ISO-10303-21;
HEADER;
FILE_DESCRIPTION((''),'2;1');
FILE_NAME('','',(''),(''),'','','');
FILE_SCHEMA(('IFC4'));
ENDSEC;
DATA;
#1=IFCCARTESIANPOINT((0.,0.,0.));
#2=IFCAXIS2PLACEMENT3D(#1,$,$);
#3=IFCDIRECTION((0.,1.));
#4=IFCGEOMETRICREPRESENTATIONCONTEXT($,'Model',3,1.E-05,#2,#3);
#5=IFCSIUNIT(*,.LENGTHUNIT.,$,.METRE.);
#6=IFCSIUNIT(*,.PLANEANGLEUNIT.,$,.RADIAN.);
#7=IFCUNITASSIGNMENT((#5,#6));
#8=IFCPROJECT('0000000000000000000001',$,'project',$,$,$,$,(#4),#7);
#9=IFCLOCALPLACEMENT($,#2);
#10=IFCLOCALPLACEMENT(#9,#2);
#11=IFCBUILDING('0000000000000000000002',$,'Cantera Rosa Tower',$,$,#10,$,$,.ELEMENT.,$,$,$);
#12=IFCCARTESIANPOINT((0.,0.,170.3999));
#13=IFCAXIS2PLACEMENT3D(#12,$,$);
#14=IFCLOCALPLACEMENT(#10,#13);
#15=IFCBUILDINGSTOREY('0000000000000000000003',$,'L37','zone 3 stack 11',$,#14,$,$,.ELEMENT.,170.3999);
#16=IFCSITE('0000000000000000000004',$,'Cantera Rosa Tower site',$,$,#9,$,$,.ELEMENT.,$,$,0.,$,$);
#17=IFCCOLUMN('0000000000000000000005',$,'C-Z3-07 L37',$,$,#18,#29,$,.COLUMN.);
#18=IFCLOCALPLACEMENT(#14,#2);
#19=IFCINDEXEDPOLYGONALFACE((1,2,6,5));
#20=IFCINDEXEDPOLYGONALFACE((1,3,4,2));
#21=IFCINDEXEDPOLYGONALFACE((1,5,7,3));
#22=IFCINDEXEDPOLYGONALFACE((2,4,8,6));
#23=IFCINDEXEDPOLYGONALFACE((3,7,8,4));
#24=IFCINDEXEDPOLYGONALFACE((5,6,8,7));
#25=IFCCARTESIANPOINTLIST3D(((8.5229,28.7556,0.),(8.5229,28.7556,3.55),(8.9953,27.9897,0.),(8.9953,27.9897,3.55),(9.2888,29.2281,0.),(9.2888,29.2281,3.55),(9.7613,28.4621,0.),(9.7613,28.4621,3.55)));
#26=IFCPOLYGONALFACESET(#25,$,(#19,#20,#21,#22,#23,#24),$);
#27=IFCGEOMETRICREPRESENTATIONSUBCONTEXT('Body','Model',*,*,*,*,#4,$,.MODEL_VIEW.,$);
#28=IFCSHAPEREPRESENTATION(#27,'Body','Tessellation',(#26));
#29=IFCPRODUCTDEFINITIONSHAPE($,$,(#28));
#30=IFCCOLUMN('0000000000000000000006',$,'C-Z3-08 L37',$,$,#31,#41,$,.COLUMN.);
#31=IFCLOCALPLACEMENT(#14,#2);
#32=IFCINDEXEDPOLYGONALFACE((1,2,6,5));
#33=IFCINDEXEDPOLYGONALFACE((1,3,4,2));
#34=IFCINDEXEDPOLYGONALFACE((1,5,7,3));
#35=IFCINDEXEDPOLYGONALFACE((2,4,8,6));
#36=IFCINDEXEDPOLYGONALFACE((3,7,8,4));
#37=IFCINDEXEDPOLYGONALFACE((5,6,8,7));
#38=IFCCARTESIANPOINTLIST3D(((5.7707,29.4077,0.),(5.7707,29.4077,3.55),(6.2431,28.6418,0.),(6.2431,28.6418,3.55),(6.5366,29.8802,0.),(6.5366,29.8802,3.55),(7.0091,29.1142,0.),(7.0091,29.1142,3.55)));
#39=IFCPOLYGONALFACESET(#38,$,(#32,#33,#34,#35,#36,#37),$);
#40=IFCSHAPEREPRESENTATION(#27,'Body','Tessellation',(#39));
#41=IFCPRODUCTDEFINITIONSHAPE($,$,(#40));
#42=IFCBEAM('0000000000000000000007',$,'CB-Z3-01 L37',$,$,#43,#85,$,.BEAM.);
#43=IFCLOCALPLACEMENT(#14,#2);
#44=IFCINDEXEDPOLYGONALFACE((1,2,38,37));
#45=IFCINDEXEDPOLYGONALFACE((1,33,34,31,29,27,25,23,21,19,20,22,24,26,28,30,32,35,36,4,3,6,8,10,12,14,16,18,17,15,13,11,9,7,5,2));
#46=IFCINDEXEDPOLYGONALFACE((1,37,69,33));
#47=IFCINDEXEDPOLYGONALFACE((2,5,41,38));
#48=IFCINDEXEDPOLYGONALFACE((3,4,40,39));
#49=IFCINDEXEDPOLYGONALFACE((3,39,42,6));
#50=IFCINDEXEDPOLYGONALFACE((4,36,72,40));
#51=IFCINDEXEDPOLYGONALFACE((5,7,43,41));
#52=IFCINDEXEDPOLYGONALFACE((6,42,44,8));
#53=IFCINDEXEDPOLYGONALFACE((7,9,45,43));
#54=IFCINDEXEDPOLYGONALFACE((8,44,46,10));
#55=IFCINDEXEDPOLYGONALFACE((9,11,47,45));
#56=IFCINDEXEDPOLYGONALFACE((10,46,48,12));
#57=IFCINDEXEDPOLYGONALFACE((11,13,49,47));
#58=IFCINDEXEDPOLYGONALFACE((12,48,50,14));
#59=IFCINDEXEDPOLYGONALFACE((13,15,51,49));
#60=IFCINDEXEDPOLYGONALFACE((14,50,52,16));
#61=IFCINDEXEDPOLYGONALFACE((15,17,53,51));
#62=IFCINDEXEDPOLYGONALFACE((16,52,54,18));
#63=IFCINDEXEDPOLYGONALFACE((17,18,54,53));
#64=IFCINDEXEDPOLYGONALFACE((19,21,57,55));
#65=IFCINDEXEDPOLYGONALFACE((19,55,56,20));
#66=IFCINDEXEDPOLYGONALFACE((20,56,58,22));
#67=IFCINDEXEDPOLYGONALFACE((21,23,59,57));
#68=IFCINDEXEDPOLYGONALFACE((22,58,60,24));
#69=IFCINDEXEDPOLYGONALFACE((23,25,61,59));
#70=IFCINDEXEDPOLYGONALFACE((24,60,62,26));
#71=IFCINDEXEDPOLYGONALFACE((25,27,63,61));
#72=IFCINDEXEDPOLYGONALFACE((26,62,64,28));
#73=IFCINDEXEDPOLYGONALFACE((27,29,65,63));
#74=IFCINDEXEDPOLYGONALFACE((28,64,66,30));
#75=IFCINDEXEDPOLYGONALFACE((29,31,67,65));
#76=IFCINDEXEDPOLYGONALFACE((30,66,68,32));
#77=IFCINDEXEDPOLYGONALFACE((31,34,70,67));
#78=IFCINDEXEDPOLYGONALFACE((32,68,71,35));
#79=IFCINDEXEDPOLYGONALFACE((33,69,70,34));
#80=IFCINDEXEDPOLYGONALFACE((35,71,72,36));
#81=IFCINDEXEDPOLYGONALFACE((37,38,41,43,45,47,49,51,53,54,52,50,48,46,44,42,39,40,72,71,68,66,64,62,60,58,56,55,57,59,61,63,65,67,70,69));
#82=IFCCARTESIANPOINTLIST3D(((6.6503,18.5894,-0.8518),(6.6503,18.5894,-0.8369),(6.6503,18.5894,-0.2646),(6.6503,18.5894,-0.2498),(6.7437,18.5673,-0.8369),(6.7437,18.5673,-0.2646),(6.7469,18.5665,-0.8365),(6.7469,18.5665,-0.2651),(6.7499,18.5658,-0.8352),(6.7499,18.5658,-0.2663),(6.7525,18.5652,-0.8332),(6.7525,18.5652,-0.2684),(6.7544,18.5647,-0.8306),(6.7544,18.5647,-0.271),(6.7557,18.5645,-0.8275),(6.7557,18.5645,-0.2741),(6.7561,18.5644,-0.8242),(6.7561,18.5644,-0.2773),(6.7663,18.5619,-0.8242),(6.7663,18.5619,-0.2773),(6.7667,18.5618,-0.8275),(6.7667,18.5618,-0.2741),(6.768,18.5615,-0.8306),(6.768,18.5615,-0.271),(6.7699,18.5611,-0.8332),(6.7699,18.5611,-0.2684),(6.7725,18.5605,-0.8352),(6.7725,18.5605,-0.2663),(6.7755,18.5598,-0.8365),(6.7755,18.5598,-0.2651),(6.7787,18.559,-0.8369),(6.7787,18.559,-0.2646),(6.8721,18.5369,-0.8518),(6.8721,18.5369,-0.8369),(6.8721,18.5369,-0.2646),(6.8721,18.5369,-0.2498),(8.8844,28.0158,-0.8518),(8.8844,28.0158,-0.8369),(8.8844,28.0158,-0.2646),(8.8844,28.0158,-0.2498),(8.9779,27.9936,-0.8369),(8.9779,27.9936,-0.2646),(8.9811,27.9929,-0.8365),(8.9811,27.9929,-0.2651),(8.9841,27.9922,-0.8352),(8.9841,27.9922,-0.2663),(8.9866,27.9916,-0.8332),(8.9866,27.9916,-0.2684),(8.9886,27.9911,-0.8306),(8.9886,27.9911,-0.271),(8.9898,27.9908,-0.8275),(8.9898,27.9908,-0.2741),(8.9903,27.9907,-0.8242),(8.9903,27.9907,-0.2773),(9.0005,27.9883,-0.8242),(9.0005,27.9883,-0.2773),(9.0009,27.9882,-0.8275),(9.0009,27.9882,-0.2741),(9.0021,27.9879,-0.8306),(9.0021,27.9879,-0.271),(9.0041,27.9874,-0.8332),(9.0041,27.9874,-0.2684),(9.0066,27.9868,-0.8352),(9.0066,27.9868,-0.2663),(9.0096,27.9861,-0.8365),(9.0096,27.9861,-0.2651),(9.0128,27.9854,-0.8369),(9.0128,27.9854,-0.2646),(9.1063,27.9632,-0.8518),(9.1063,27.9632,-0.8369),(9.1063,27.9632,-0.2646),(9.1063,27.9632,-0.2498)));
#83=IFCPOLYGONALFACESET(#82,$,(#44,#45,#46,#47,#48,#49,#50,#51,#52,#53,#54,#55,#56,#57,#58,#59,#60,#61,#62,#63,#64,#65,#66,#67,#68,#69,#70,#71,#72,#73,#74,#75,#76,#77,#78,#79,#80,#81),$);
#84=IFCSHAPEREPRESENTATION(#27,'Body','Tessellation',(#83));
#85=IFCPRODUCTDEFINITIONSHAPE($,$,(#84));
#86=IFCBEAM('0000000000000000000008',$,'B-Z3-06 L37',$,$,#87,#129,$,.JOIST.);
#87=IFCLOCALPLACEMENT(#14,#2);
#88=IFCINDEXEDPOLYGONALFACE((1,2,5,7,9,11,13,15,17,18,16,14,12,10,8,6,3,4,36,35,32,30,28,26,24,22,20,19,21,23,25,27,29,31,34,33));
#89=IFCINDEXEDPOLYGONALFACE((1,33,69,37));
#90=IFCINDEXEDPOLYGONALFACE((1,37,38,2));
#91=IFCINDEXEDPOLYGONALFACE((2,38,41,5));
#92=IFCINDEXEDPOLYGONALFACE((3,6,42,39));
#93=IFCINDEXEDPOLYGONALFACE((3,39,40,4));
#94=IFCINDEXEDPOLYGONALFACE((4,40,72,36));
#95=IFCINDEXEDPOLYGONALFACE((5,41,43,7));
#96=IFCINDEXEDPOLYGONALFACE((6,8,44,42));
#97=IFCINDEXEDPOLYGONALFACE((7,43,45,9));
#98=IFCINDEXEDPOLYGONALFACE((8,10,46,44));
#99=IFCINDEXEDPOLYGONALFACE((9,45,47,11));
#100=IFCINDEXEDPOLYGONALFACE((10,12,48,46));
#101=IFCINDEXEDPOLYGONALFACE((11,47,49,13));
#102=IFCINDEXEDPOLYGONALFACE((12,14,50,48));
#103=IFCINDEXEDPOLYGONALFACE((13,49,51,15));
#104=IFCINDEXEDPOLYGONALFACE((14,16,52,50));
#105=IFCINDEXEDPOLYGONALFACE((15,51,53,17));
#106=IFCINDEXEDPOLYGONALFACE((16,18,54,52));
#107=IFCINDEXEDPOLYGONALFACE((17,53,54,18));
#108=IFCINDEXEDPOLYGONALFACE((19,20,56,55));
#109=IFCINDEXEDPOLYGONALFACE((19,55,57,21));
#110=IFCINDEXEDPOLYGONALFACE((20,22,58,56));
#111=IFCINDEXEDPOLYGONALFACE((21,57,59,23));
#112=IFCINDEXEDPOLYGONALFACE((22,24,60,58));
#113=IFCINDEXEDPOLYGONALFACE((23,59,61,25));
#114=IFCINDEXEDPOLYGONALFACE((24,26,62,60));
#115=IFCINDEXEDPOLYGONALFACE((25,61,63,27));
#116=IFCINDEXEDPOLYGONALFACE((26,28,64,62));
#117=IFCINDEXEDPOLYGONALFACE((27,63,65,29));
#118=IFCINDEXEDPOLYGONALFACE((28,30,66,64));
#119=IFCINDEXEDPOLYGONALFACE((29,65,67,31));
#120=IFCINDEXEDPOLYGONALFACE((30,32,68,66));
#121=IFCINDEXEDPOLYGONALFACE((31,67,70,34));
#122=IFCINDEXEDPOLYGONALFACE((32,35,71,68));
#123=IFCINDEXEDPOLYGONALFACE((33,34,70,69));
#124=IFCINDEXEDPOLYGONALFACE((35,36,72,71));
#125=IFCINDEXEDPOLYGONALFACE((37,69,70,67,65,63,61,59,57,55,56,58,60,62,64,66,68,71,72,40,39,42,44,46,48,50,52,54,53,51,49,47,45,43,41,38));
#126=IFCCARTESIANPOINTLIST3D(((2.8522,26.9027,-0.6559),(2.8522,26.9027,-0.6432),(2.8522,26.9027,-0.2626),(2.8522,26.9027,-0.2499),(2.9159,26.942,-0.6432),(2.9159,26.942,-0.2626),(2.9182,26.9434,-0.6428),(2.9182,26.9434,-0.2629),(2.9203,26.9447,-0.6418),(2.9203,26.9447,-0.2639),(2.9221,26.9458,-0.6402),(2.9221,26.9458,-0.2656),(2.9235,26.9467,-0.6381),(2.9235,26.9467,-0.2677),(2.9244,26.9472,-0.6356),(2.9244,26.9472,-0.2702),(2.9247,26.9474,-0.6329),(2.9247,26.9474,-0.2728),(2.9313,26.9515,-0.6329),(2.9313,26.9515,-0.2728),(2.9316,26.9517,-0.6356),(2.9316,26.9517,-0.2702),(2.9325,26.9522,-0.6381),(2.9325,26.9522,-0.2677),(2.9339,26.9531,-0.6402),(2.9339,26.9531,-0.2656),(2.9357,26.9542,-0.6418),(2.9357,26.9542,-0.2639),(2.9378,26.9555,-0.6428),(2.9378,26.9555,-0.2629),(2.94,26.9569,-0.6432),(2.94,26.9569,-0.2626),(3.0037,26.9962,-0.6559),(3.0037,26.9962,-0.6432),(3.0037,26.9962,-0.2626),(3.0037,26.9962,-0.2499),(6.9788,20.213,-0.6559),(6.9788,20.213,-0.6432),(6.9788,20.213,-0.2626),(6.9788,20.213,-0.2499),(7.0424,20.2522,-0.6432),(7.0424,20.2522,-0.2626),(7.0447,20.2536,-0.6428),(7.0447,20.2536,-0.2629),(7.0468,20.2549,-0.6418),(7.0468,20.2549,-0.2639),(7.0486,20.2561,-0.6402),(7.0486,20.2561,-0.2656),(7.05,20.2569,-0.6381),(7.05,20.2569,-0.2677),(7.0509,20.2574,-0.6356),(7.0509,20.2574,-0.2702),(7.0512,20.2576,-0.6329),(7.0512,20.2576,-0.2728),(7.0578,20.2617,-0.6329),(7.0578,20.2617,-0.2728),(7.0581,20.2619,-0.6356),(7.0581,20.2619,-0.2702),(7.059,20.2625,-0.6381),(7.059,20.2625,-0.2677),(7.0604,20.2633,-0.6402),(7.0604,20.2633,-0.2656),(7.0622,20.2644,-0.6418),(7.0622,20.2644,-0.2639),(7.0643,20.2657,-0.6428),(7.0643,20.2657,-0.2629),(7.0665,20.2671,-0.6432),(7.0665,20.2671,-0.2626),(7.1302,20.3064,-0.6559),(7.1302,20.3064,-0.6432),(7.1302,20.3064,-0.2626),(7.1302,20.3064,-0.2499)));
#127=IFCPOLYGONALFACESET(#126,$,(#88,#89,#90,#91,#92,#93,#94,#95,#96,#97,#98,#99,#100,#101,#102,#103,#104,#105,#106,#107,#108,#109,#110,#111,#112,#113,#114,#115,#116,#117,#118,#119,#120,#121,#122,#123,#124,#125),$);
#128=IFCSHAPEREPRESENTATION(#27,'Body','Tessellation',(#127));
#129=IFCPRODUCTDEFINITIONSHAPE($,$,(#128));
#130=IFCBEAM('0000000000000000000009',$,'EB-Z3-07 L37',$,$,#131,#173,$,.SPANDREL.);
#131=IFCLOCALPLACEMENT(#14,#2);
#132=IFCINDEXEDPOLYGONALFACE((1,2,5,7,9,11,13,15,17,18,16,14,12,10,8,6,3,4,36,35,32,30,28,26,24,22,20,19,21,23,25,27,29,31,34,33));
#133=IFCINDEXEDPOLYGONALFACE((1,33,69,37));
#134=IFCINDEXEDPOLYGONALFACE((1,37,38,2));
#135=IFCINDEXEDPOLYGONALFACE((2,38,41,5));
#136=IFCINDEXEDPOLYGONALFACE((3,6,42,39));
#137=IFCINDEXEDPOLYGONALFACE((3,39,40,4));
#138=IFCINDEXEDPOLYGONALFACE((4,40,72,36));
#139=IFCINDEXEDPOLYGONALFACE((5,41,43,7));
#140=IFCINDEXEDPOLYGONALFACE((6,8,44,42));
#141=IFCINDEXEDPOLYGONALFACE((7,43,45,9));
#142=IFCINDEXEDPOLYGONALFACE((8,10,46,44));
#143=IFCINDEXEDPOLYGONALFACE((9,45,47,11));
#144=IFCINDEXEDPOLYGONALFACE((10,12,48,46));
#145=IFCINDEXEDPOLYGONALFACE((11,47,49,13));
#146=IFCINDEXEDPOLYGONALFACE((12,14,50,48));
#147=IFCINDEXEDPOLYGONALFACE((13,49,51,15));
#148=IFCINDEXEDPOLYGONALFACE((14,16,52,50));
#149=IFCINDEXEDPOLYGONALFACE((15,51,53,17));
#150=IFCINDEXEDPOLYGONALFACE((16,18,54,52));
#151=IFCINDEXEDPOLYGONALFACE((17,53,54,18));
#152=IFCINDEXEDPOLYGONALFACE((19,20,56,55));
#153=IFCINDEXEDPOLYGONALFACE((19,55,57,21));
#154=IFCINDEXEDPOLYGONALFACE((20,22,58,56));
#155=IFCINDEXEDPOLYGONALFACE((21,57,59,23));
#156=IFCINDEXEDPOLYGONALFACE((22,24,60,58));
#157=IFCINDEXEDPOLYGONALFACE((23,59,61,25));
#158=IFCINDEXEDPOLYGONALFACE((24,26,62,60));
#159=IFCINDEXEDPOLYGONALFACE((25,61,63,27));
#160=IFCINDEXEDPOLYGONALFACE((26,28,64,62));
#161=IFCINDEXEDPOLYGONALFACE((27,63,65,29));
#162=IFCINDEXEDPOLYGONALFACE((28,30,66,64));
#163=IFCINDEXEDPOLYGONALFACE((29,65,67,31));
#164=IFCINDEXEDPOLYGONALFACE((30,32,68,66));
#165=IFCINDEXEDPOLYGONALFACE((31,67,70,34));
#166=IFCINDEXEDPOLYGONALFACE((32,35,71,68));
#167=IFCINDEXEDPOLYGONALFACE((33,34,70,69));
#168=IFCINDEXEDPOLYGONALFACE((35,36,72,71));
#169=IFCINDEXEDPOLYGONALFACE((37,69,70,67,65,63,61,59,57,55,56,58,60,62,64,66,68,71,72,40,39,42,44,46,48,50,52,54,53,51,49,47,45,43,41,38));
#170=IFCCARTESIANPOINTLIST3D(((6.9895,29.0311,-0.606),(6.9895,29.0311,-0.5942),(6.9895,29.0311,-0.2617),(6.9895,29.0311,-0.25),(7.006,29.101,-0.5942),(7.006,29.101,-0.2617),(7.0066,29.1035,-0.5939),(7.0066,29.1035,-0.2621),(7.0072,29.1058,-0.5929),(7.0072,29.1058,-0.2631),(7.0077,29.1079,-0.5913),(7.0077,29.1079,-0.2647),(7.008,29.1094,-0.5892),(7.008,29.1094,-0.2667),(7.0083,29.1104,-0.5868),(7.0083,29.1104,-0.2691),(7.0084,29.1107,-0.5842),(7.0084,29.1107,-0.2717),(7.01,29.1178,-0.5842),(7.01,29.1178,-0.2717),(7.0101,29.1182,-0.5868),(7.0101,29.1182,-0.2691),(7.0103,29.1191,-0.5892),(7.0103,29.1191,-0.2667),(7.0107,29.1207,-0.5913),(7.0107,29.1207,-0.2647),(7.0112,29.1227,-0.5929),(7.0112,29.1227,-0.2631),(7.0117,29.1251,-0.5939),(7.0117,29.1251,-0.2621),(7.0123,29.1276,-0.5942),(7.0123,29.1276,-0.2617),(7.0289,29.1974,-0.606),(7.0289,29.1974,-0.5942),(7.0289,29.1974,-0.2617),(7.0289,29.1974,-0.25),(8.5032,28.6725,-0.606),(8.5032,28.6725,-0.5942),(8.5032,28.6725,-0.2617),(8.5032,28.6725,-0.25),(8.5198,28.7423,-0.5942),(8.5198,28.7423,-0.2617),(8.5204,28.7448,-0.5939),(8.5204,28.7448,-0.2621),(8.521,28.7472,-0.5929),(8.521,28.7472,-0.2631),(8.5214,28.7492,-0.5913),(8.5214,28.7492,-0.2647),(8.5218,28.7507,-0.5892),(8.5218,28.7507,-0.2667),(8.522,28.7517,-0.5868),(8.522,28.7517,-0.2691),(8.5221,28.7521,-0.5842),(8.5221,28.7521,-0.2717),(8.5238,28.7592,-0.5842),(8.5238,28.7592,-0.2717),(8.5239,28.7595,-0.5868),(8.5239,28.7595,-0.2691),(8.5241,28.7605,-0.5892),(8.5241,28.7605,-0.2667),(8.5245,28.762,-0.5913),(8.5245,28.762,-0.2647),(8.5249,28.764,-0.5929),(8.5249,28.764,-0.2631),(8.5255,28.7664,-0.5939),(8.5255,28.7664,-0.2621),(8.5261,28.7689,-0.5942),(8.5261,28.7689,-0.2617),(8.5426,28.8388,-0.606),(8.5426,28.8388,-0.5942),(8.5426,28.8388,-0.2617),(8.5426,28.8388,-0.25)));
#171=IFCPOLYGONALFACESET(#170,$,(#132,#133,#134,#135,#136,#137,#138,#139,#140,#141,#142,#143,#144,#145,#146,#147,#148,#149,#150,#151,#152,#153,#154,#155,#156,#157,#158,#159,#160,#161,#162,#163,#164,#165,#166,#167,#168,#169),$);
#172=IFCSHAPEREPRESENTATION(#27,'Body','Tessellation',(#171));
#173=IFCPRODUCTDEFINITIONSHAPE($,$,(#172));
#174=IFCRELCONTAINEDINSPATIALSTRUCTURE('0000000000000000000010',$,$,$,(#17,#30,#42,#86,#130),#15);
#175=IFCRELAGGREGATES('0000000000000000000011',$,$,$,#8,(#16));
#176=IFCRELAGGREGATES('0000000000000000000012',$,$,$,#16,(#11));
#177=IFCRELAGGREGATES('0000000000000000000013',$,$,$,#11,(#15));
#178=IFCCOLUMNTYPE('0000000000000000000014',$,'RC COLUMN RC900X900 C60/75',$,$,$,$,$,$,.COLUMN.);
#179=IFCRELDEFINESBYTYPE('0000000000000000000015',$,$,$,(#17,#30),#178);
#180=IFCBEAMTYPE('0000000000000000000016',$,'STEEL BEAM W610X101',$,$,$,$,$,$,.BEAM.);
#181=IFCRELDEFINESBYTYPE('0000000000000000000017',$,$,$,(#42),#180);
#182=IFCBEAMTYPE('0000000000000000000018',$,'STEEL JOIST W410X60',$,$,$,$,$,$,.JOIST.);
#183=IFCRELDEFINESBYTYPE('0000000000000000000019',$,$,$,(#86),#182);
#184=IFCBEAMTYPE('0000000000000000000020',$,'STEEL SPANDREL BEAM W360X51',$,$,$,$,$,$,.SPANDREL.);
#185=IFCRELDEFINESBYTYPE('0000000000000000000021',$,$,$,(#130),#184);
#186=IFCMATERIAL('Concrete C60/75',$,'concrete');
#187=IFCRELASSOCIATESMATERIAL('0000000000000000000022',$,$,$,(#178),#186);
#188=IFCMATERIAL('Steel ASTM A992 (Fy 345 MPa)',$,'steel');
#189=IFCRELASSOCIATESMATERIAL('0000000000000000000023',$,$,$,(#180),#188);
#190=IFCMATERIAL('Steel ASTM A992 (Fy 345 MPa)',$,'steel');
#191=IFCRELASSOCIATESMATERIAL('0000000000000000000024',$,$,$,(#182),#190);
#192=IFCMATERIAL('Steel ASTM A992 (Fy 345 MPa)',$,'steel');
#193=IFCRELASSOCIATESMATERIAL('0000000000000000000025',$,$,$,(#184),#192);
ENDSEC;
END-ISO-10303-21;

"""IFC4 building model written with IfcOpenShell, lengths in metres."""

from ifc_helpers import new_model, si_unit, direction, frame, origin, origin_2d, place, context, subcontext, project, spatial, rectangle, i_section, extrude, material, material_profile, profile_set, type_object, element, save


model = new_model("IFC4")

# Units and contexts
model_context = context("Model", 3, precision=1e-05, world=origin(), true_north=direction((0.0, 1.0)))
body_context = subcontext(model_context, "Body", "Model", "MODEL_VIEW")
ifc_project = project(units=[si_unit("LENGTHUNIT", "METRE"), si_unit("PLANEANGLEUNIT", "RADIAN")], contexts=[model_context])

# Site, building, storey
site_placement = place(None, origin())
site = spatial("IfcSite", under=ifc_project, at=site_placement, Name="Cantera Rosa Tower site", CompositionType="ELEMENT", RefElevation=0.0)
building_placement = place(site_placement, origin())
building = spatial("IfcBuilding", under=site, at=building_placement, Name="Cantera Rosa Tower", CompositionType="ELEMENT")
storey_placement = place(building_placement, frame((0.0, 0.0, 170.3999)))
storey = spatial("IfcBuildingStorey", under=building, at=storey_placement, Name="L37", Description="zone 3 stack 11", CompositionType="ELEMENT", Elevation=170.3999)

# Columns
ifc_material_1 = material(Name="Concrete C60/75", Category="concrete")
ifc_material_profile_1 = material_profile(ifc_material_1, rectangle(XDim=0.8999, YDim=0.8999, at=origin_2d()), Name="RC COLUMN RC900X900 C60/75")
ifc_profile_set_1 = profile_set([ifc_material_profile_1], Name="Concrete C60/75")
column_type = type_object("IfcColumnType", Name="RC COLUMN RC900X900 C60/75", PredefinedType="COLUMN", material=ifc_profile_set_1)
for number, where, z_axis, x_axis, name in (
    (1, (9.1421, 28.6089, 0.0), (0.0, 0.0, 1.0), (0.851117, 0.524977, 0.0), "C-Z3-07 L37"),
    (2, (6.3899, 29.261, 0.0), (0.0, 0.0, 1.0), (0.851117, 0.524977, 0.0), "C-Z3-08 L37"),
):
    element("IfcColumn", number, at=place(storey_placement, frame(where, z_axis=z_axis, x_axis=x_axis)), inside=storey, type_object=column_type, Name=name, PredefinedType="COLUMN", context=body_context, shape_type="SweptSolid", body=[
        extrude(rectangle(XDim=0.8999, YDim=0.8999, at=origin_2d()), origin(), (0.0, 0.0, 1.0), 3.55),
    ])

# Beams
ifc_material_2 = material(Name="Steel ASTM A992 (Fy 345 MPa)", Category="steel")
ifc_material_profile_2 = material_profile(ifc_material_2, i_section(OverallWidth=0.228, OverallDepth=0.6021, WebThickness=0.0105, FlangeThickness=0.0149, FilletRadius=0.0127, at=origin_2d()), Name="W610X101")
ifc_profile_set_2 = profile_set([ifc_material_profile_2], Name="Steel ASTM A992 (Fy 345 MPa)")
beam_type_1 = type_object("IfcBeamType", Name="STEEL BEAM W610X101", PredefinedType="BEAM", material=ifc_profile_set_2)
beam_1_placement = place(storey_placement, frame((8.9954, 27.9895, -0.5508), z_axis=(-0.230622, -0.973043, 0.0), x_axis=(0.973043, -0.230622, 0.0)))
element("IfcBeam", 3, at=beam_1_placement, inside=storey, type_object=beam_type_1, Name="CB-Z3-01 L37", PredefinedType="BEAM", context=body_context, shape_type="SweptSolid", body=[
    extrude(i_section(OverallWidth=0.228, OverallDepth=0.6021, WebThickness=0.0105, FlangeThickness=0.0149, FilletRadius=0.0127, at=origin_2d()), origin(), (0.0, 0.0, 1.0), 9.6875),
])
ifc_material_3 = material(Name="Steel ASTM A992 (Fy 345 MPa)", Category="steel")
ifc_material_profile_3 = material_profile(ifc_material_3, i_section(OverallWidth=0.178, OverallDepth=0.406, WebThickness=0.0078, FlangeThickness=0.0127, FilletRadius=0.0103, at=origin_2d()), Name="W410X60")
ifc_profile_set_3 = profile_set([ifc_material_profile_3], Name="Steel ASTM A992 (Fy 345 MPa)")
beam_type_2 = type_object("IfcBeamType", Name="STEEL JOIST W410X60", PredefinedType="JOIST", material=ifc_profile_set_3)
beam_2_placement = place(storey_placement, frame((2.928, 26.9495, -0.4529), z_axis=(0.524995, -0.851105, 0.0), x_axis=(0.851105, 0.524995, 0.0)))
element("IfcBeam", 4, at=beam_2_placement, inside=storey, type_object=beam_type_2, Name="B-Z3-06 L37", PredefinedType="JOIST", context=body_context, shape_type="SweptSolid", body=[
    extrude(i_section(OverallWidth=0.178, OverallDepth=0.406, WebThickness=0.0078, FlangeThickness=0.0127, FilletRadius=0.0103, at=origin_2d()), origin(), (0.0, 0.0, 1.0), 7.8601),
])
ifc_material_4 = material(Name="Steel ASTM A992 (Fy 345 MPa)", Category="steel")
ifc_material_profile_4 = material_profile(ifc_material_4, i_section(OverallWidth=0.1709, OverallDepth=0.356, WebThickness=0.0073, FlangeThickness=0.0117, FilletRadius=0.01, at=origin_2d()), Name="W360X51")
ifc_profile_set_4 = profile_set([ifc_material_profile_4], Name="Steel ASTM A992 (Fy 345 MPa)")
beam_type_3 = type_object("IfcBeamType", Name="STEEL SPANDREL BEAM W360X51", PredefinedType="SPANDREL", material=ifc_profile_set_4)
beam_3_placement = place(storey_placement, frame((8.5229, 28.7556, -0.428), z_axis=(-0.97306, 0.230552, 0.0), x_axis=(-0.230552, -0.97306, 0.0)))
element("IfcBeam", 5, at=beam_3_placement, inside=storey, type_object=beam_type_3, Name="EB-Z3-07 L37", PredefinedType="SPANDREL", context=body_context, shape_type="SweptSolid", body=[
    extrude(i_section(OverallWidth=0.1709, OverallDepth=0.356, WebThickness=0.0073, FlangeThickness=0.0117, FilletRadius=0.01, at=origin_2d()), origin(), (0.0, 0.0, 1.0), 1.5557),
])

save(model, "model.ifc")
